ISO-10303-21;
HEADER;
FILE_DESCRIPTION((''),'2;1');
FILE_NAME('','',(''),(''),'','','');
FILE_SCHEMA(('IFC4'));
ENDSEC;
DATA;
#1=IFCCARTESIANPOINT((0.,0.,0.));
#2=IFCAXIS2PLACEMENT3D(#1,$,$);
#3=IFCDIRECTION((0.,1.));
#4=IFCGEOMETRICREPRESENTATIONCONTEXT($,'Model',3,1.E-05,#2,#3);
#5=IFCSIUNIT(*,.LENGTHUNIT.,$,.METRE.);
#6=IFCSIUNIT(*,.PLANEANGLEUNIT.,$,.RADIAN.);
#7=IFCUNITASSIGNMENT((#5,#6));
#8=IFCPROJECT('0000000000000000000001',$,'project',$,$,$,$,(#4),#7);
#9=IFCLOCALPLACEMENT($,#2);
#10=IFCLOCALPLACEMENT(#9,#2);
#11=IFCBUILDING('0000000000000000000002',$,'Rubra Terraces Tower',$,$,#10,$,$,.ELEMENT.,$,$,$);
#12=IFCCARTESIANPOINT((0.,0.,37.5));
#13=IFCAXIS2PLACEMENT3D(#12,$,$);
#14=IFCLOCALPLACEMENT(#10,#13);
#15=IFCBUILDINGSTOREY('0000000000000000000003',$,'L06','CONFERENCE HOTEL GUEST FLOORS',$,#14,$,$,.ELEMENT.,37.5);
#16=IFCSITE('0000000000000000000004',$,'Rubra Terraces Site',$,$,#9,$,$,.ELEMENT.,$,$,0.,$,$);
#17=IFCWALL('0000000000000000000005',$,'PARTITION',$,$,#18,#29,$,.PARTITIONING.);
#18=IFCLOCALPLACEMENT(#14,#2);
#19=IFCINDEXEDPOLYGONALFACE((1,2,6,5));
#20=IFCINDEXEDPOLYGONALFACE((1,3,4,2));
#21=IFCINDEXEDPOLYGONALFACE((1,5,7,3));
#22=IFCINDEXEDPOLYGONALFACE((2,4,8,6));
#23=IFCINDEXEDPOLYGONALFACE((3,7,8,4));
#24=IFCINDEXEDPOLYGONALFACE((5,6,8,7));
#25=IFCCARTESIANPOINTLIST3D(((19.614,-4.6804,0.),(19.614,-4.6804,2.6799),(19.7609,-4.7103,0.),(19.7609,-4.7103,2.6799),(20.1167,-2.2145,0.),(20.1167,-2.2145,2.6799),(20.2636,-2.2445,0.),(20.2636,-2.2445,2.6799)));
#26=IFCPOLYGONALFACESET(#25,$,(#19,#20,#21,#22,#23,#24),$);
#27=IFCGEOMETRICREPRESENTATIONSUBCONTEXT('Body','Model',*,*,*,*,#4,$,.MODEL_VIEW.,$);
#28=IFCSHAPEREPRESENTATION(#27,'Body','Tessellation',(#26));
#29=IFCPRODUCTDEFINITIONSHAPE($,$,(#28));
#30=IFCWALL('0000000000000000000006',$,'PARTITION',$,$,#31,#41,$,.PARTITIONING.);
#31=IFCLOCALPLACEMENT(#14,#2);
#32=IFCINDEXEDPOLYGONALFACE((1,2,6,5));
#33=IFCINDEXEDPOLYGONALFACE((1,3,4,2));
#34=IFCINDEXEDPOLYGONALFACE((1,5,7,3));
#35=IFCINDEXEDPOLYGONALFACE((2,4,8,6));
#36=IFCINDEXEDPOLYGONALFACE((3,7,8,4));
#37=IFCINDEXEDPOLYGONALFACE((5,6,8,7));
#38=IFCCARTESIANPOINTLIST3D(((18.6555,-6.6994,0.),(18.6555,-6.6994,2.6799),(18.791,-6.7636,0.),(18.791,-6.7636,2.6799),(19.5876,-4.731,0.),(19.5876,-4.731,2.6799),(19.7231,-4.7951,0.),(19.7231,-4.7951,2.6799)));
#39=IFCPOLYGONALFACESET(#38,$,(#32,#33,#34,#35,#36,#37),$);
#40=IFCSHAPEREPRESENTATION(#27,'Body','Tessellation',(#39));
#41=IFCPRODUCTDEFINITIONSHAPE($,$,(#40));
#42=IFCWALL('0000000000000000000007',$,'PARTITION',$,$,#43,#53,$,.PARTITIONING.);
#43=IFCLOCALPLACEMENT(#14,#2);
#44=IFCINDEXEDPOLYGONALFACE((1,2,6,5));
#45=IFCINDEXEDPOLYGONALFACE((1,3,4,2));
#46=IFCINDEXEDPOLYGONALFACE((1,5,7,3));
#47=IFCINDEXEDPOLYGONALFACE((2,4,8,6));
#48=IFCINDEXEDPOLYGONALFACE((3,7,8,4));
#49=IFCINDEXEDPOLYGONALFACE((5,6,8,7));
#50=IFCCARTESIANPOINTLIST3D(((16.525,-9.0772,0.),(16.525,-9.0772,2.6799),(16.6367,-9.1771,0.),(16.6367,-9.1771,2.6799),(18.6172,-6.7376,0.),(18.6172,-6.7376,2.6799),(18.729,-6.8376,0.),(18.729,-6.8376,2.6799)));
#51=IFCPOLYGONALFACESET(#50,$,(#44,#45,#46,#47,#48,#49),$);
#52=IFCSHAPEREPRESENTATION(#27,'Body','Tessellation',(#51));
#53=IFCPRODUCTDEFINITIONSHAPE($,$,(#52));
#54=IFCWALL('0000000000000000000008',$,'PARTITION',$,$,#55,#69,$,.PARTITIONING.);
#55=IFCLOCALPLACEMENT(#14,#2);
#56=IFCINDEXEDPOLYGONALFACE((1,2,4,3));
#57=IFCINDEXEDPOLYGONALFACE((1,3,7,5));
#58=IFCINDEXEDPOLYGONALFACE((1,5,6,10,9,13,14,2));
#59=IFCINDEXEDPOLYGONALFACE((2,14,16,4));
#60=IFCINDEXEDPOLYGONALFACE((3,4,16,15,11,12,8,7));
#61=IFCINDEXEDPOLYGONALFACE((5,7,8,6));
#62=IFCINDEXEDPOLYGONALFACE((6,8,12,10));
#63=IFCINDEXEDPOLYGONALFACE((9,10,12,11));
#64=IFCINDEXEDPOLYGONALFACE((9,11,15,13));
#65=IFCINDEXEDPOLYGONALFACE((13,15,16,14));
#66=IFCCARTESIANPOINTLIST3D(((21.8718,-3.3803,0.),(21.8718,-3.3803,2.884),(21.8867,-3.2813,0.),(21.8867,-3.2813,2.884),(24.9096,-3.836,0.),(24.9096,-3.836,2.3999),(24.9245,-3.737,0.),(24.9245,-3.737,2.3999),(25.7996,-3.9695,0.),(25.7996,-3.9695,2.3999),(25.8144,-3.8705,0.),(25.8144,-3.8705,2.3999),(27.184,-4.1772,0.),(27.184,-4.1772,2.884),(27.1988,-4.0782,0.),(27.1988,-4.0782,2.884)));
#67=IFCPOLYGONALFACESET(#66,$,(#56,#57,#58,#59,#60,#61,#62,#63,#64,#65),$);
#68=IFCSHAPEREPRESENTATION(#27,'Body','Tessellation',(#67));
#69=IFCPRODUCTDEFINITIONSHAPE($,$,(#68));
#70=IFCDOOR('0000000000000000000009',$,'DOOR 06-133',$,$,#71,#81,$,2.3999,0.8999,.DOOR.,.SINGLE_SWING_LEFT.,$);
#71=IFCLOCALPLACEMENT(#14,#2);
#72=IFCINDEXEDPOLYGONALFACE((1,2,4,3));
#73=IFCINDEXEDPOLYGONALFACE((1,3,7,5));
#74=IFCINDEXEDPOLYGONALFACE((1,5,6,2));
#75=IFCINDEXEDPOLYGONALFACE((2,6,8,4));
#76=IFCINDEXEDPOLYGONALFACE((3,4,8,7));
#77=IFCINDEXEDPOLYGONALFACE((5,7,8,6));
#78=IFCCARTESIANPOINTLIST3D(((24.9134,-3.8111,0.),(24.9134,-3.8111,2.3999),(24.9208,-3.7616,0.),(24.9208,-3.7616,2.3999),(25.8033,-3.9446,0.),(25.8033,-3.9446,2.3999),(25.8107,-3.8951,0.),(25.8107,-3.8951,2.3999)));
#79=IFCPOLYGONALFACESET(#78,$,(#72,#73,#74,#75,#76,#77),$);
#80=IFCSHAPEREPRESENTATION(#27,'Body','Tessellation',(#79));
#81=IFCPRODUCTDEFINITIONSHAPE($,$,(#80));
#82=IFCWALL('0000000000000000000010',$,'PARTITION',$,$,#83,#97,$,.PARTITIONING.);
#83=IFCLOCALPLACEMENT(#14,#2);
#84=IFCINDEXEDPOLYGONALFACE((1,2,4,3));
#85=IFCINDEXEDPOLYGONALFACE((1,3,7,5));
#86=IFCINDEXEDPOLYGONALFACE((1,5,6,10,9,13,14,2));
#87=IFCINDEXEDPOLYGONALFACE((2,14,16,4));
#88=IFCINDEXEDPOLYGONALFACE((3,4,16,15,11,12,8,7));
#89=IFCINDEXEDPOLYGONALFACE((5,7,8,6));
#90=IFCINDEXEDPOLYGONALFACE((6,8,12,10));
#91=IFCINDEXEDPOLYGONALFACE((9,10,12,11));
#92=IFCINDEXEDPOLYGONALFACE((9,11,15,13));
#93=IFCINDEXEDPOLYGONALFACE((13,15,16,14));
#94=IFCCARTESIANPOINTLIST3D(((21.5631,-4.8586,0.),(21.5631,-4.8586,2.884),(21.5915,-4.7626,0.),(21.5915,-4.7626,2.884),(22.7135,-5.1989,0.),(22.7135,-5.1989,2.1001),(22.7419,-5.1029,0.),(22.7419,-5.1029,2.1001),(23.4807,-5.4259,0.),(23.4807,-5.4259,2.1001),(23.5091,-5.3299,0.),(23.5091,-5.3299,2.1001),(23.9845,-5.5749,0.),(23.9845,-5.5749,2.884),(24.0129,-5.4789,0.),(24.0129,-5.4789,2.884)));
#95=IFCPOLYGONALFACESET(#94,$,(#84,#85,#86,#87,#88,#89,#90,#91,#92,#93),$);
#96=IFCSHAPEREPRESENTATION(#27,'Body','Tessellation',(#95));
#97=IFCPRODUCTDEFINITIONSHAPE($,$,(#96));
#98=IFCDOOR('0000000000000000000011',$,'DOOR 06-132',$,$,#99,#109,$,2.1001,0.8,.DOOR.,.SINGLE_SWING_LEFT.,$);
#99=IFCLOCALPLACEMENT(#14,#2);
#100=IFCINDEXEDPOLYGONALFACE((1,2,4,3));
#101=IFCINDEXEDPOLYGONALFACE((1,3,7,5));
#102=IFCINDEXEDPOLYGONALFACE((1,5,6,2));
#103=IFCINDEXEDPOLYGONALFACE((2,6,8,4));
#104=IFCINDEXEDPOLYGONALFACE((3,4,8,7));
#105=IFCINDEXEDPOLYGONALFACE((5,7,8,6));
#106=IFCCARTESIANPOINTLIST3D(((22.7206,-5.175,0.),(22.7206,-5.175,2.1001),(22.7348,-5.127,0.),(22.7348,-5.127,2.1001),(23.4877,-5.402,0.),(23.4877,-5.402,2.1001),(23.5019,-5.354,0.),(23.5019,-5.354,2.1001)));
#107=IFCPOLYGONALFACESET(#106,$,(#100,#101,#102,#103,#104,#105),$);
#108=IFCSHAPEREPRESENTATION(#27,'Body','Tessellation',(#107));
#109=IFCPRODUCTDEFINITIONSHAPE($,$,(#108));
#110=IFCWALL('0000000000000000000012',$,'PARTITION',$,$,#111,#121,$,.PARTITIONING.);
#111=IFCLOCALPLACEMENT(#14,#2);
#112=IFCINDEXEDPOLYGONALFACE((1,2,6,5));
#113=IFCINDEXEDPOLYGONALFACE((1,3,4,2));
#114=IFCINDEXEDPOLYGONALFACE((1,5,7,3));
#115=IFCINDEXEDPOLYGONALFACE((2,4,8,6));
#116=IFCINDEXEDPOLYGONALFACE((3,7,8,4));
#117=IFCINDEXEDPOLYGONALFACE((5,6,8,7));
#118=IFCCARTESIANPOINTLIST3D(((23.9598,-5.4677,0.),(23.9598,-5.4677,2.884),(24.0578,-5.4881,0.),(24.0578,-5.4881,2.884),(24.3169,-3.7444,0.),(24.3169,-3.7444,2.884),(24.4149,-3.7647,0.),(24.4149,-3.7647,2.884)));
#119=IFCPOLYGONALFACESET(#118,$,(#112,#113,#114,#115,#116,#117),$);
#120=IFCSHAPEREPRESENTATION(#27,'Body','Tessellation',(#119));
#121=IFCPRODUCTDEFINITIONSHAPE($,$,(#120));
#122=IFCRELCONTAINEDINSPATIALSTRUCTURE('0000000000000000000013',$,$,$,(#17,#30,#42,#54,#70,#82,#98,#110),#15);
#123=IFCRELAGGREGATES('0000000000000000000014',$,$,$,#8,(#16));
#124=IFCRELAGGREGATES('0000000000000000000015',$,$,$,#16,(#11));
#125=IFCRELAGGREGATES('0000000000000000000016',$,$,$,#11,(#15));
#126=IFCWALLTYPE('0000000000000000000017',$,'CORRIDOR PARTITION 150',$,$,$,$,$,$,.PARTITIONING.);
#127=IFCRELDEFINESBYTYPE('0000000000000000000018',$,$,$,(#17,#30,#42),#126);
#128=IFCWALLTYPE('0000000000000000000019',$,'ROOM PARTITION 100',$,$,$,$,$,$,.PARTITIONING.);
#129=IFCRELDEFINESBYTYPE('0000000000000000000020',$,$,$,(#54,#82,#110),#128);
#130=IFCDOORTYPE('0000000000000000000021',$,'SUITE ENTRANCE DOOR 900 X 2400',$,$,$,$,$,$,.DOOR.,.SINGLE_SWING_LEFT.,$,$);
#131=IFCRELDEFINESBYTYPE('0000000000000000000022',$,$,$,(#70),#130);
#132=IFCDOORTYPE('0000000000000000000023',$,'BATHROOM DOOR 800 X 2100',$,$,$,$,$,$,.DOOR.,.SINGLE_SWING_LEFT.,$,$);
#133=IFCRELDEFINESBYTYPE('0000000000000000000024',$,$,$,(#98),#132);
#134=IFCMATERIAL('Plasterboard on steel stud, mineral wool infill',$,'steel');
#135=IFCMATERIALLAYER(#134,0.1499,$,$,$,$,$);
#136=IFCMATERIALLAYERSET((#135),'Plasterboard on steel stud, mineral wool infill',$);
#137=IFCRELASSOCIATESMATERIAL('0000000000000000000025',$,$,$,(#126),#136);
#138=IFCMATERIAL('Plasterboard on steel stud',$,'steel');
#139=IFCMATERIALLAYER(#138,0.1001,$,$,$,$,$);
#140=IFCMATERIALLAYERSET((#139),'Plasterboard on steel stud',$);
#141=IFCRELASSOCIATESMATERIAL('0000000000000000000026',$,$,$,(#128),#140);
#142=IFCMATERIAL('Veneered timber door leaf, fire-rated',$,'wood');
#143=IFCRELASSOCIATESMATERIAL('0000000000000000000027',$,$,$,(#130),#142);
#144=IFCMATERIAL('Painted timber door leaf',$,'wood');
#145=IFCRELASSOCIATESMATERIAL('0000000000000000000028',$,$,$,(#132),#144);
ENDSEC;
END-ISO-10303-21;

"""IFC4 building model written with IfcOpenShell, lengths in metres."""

from ifc_helpers import new_model, si_unit, direction, frame, frame_2d, origin, place, context, subcontext, project, spatial, rectangle, extrude, material, layer, layer_set, type_object, element, fill, save


model = new_model("IFC4")

# Units and contexts
model_context = context("Model", 3, precision=1e-05, world=origin(), true_north=direction((0.0, 1.0)))
body_context = subcontext(model_context, "Body", "Model", "MODEL_VIEW")
ifc_project = project(units=[si_unit("LENGTHUNIT", "METRE"), si_unit("PLANEANGLEUNIT", "RADIAN")], contexts=[model_context])

# Site, building, storey
site_placement = place(None, origin())
site = spatial("IfcSite", under=ifc_project, at=site_placement, Name="Rubra Terraces Site", CompositionType="ELEMENT", RefElevation=0.0)
building_placement = place(site_placement, origin())
building = spatial("IfcBuilding", under=site, at=building_placement, Name="Rubra Terraces Tower", CompositionType="ELEMENT")
storey_placement = place(building_placement, frame((0.0, 0.0, 37.5)))
storey = spatial("IfcBuildingStorey", under=building, at=storey_placement, Name="L06", Description="CONFERENCE HOTEL GUEST FLOORS", CompositionType="ELEMENT", Elevation=37.5)

# Shared definitions
ifc_material_1 = material(Name="Plasterboard on steel stud, mineral wool infill", Category="steel")
ifc_layer_1 = layer(ifc_material_1, 0.1499)
ifc_layer_set_1 = layer_set([ifc_layer_1], Name="Plasterboard on steel stud, mineral wool infill")
wall_type_1 = type_object("IfcWallType", Name="CORRIDOR PARTITION 150", PredefinedType="PARTITIONING", material=ifc_layer_set_1)
ifc_material_2 = material(Name="Painted timber door leaf", Category="wood")

# Walls
wall_1_placement = place(storey_placement, frame((20.1902, -2.2295, 0.0), z_axis=(0.0, 0.0, 1.0), x_axis=(-0.199753, -0.979846, 0.0)))
element("IfcWall", 1, at=wall_1_placement, inside=storey, type_object=wall_type_1, Name="PARTITION", PredefinedType="PARTITIONING", context=body_context, shape_type="SweptSolid", body=[
    extrude(rectangle(XDim=2.5166, YDim=0.1499, at=frame_2d((1.2583, 0.0))), origin(), (0.0, 0.0, 1.0), 2.6799),
])
wall_2_placement = place(storey_placement, frame((19.6553, -4.7632, 0.0), z_axis=(0.0, 0.0, 1.0), x_axis=(-0.427966, -0.903795, 0.0)))
element("IfcWall", 2, at=wall_2_placement, inside=storey, type_object=wall_type_1, Name="PARTITION", PredefinedType="PARTITIONING", context=body_context, shape_type="SweptSolid", body=[
    extrude(rectangle(XDim=2.178, YDim=0.1499, at=frame_2d((1.0889, 0.0))), origin(), (0.0, 0.0, 1.0), 2.6799),
])
wall_3_placement = place(storey_placement, frame((18.6731, -6.7876, 0.0), z_axis=(0.0, 0.0, 1.0), x_axis=(-0.666611, -0.745406, 0.0)))
element("IfcWall", 3, at=wall_3_placement, inside=storey, type_object=wall_type_1, Name="PARTITION", PredefinedType="PARTITIONING", context=body_context, shape_type="SweptSolid", body=[
    extrude(rectangle(XDim=3.1387, YDim=0.1499, at=frame_2d((1.5693, 0.0))), origin(), (0.0, 0.0, 1.0), 2.6799),
])

# Walls, openings, doors
ifc_material_3 = material(Name="Plasterboard on steel stud", Category="steel")
ifc_layer_2 = layer(ifc_material_3, 0.1001)
ifc_layer_set_2 = layer_set([ifc_layer_2], Name="Plasterboard on steel stud")
wall_type_2 = type_object("IfcWallType", Name="ROOM PARTITION 100", PredefinedType="PARTITIONING", material=ifc_layer_set_2)
wall_4_placement = place(storey_placement, frame((27.1914, -4.1277, 0.0), z_axis=(0.0, 0.0, 1.0), x_axis=(-0.988935, 0.148347, 0.0)))
wall_4 = element("IfcWall", 4, at=wall_4_placement, inside=storey, type_object=wall_type_2, Name="PARTITION", PredefinedType="PARTITIONING", context=body_context, shape_type="SweptSolid", body=[
    extrude(rectangle(XDim=5.3716, YDim=0.1001, at=frame_2d((2.6858, 0.0))), origin(), (0.0, 0.0, 1.0), 2.884),
])
opening_1_placement = place(wall_4_placement, frame((1.3999, 0.0, 0.0)))
opening_1 = element("IfcOpeningElement", 5, at=opening_1_placement, cuts=wall_4, PredefinedType="OPENING", context=body_context, shape_type="SweptSolid", body=[
    extrude(rectangle(XDim=0.8999, YDim=2.3999, at=frame_2d((0.45, 1.2))), frame((0.0, 0.0601, 0.0), z_axis=(0.0, -1.0, 0.0), x_axis=(1.0, 0.0, 0.0)), (0.0, 0.0, 1.0), 0.1201),
])
ifc_material_4 = material(Name="Veneered timber door leaf, fire-rated", Category="wood")
door_type_1 = type_object("IfcDoorType", Name="SUITE ENTRANCE DOOR 900 X 2400", OperationType="SINGLE_SWING_LEFT", PredefinedType="DOOR", material=ifc_material_4)
door_1_placement = place(opening_1_placement, origin())
door_1 = element("IfcDoor", 6, at=door_1_placement, inside=storey, type_object=door_type_1, Name="DOOR 06-133", OperationType="SINGLE_SWING_LEFT", OverallHeight=2.3999, OverallWidth=0.8999, PredefinedType="DOOR", context=body_context, shape_type="SweptSolid", body=[
    extrude(rectangle(XDim=0.8999, YDim=2.3999, at=frame_2d((0.45, 1.2))), frame((0.0, 0.0249, 0.0), z_axis=(0.0, -1.0, 0.0), x_axis=(1.0, 0.0, 0.0)), (0.0, 0.0, 1.0), 0.05),
])
fill(opening_1, door_1)
wall_5_placement = place(storey_placement, frame((21.5771, -4.8105, 0.0), z_axis=(0.0, 0.0, 1.0), x_axis=(0.958921, -0.283674, 0.0)))
wall_5 = element("IfcWall", 7, at=wall_5_placement, inside=storey, type_object=wall_type_2, Name="PARTITION", PredefinedType="PARTITIONING", context=body_context, shape_type="SweptSolid", body=[
    extrude(rectangle(XDim=2.5251, YDim=0.1001, at=frame_2d((1.2627, 0.0))), origin(), (0.0, 0.0, 1.0), 2.884),
])
opening_2_placement = place(wall_5_placement, frame((1.2, 0.0, 0.0)))
opening_2 = element("IfcOpeningElement", 8, at=opening_2_placement, cuts=wall_5, PredefinedType="OPENING", context=body_context, shape_type="SweptSolid", body=[
    extrude(rectangle(XDim=0.8, YDim=2.1001, at=frame_2d((0.3999, 1.05))), frame((0.0, 0.0601, 0.0), z_axis=(0.0, -1.0, 0.0), x_axis=(1.0, 0.0, 0.0)), (0.0, 0.0, 1.0), 0.1201),
])
door_type_2 = type_object("IfcDoorType", Name="BATHROOM DOOR 800 X 2100", OperationType="SINGLE_SWING_LEFT", PredefinedType="DOOR", material=ifc_material_2)
door_2_placement = place(opening_2_placement, origin())
door_2 = element("IfcDoor", 9, at=door_2_placement, inside=storey, type_object=door_type_2, Name="DOOR 06-132", OperationType="SINGLE_SWING_LEFT", OverallHeight=2.1001, OverallWidth=0.8, PredefinedType="DOOR", context=body_context, shape_type="SweptSolid", body=[
    extrude(rectangle(XDim=0.8, YDim=2.1001, at=frame_2d((0.3999, 1.05))), frame((0.0, 0.0249, 0.0), z_axis=(0.0, -1.0, 0.0), x_axis=(1.0, 0.0, 0.0)), (0.0, 0.0, 1.0), 0.05),
])
fill(opening_2, door_2)

# Wall
wall_6_placement = place(storey_placement, frame((24.0088, -5.4778, 0.0), z_axis=(0.0, 0.0, 1.0), x_axis=(0.20294, 0.979191, 0.0)))
element("IfcWall", 10, at=wall_6_placement, inside=storey, type_object=wall_type_2, Name="PARTITION", PredefinedType="PARTITIONING", context=body_context, shape_type="SweptSolid", body=[
    extrude(rectangle(XDim=1.76, YDim=0.1001, at=frame_2d((0.8799, 0.0))), origin(), (0.0, 0.0, 1.0), 2.884),
])

save(model, "model.ifc")
